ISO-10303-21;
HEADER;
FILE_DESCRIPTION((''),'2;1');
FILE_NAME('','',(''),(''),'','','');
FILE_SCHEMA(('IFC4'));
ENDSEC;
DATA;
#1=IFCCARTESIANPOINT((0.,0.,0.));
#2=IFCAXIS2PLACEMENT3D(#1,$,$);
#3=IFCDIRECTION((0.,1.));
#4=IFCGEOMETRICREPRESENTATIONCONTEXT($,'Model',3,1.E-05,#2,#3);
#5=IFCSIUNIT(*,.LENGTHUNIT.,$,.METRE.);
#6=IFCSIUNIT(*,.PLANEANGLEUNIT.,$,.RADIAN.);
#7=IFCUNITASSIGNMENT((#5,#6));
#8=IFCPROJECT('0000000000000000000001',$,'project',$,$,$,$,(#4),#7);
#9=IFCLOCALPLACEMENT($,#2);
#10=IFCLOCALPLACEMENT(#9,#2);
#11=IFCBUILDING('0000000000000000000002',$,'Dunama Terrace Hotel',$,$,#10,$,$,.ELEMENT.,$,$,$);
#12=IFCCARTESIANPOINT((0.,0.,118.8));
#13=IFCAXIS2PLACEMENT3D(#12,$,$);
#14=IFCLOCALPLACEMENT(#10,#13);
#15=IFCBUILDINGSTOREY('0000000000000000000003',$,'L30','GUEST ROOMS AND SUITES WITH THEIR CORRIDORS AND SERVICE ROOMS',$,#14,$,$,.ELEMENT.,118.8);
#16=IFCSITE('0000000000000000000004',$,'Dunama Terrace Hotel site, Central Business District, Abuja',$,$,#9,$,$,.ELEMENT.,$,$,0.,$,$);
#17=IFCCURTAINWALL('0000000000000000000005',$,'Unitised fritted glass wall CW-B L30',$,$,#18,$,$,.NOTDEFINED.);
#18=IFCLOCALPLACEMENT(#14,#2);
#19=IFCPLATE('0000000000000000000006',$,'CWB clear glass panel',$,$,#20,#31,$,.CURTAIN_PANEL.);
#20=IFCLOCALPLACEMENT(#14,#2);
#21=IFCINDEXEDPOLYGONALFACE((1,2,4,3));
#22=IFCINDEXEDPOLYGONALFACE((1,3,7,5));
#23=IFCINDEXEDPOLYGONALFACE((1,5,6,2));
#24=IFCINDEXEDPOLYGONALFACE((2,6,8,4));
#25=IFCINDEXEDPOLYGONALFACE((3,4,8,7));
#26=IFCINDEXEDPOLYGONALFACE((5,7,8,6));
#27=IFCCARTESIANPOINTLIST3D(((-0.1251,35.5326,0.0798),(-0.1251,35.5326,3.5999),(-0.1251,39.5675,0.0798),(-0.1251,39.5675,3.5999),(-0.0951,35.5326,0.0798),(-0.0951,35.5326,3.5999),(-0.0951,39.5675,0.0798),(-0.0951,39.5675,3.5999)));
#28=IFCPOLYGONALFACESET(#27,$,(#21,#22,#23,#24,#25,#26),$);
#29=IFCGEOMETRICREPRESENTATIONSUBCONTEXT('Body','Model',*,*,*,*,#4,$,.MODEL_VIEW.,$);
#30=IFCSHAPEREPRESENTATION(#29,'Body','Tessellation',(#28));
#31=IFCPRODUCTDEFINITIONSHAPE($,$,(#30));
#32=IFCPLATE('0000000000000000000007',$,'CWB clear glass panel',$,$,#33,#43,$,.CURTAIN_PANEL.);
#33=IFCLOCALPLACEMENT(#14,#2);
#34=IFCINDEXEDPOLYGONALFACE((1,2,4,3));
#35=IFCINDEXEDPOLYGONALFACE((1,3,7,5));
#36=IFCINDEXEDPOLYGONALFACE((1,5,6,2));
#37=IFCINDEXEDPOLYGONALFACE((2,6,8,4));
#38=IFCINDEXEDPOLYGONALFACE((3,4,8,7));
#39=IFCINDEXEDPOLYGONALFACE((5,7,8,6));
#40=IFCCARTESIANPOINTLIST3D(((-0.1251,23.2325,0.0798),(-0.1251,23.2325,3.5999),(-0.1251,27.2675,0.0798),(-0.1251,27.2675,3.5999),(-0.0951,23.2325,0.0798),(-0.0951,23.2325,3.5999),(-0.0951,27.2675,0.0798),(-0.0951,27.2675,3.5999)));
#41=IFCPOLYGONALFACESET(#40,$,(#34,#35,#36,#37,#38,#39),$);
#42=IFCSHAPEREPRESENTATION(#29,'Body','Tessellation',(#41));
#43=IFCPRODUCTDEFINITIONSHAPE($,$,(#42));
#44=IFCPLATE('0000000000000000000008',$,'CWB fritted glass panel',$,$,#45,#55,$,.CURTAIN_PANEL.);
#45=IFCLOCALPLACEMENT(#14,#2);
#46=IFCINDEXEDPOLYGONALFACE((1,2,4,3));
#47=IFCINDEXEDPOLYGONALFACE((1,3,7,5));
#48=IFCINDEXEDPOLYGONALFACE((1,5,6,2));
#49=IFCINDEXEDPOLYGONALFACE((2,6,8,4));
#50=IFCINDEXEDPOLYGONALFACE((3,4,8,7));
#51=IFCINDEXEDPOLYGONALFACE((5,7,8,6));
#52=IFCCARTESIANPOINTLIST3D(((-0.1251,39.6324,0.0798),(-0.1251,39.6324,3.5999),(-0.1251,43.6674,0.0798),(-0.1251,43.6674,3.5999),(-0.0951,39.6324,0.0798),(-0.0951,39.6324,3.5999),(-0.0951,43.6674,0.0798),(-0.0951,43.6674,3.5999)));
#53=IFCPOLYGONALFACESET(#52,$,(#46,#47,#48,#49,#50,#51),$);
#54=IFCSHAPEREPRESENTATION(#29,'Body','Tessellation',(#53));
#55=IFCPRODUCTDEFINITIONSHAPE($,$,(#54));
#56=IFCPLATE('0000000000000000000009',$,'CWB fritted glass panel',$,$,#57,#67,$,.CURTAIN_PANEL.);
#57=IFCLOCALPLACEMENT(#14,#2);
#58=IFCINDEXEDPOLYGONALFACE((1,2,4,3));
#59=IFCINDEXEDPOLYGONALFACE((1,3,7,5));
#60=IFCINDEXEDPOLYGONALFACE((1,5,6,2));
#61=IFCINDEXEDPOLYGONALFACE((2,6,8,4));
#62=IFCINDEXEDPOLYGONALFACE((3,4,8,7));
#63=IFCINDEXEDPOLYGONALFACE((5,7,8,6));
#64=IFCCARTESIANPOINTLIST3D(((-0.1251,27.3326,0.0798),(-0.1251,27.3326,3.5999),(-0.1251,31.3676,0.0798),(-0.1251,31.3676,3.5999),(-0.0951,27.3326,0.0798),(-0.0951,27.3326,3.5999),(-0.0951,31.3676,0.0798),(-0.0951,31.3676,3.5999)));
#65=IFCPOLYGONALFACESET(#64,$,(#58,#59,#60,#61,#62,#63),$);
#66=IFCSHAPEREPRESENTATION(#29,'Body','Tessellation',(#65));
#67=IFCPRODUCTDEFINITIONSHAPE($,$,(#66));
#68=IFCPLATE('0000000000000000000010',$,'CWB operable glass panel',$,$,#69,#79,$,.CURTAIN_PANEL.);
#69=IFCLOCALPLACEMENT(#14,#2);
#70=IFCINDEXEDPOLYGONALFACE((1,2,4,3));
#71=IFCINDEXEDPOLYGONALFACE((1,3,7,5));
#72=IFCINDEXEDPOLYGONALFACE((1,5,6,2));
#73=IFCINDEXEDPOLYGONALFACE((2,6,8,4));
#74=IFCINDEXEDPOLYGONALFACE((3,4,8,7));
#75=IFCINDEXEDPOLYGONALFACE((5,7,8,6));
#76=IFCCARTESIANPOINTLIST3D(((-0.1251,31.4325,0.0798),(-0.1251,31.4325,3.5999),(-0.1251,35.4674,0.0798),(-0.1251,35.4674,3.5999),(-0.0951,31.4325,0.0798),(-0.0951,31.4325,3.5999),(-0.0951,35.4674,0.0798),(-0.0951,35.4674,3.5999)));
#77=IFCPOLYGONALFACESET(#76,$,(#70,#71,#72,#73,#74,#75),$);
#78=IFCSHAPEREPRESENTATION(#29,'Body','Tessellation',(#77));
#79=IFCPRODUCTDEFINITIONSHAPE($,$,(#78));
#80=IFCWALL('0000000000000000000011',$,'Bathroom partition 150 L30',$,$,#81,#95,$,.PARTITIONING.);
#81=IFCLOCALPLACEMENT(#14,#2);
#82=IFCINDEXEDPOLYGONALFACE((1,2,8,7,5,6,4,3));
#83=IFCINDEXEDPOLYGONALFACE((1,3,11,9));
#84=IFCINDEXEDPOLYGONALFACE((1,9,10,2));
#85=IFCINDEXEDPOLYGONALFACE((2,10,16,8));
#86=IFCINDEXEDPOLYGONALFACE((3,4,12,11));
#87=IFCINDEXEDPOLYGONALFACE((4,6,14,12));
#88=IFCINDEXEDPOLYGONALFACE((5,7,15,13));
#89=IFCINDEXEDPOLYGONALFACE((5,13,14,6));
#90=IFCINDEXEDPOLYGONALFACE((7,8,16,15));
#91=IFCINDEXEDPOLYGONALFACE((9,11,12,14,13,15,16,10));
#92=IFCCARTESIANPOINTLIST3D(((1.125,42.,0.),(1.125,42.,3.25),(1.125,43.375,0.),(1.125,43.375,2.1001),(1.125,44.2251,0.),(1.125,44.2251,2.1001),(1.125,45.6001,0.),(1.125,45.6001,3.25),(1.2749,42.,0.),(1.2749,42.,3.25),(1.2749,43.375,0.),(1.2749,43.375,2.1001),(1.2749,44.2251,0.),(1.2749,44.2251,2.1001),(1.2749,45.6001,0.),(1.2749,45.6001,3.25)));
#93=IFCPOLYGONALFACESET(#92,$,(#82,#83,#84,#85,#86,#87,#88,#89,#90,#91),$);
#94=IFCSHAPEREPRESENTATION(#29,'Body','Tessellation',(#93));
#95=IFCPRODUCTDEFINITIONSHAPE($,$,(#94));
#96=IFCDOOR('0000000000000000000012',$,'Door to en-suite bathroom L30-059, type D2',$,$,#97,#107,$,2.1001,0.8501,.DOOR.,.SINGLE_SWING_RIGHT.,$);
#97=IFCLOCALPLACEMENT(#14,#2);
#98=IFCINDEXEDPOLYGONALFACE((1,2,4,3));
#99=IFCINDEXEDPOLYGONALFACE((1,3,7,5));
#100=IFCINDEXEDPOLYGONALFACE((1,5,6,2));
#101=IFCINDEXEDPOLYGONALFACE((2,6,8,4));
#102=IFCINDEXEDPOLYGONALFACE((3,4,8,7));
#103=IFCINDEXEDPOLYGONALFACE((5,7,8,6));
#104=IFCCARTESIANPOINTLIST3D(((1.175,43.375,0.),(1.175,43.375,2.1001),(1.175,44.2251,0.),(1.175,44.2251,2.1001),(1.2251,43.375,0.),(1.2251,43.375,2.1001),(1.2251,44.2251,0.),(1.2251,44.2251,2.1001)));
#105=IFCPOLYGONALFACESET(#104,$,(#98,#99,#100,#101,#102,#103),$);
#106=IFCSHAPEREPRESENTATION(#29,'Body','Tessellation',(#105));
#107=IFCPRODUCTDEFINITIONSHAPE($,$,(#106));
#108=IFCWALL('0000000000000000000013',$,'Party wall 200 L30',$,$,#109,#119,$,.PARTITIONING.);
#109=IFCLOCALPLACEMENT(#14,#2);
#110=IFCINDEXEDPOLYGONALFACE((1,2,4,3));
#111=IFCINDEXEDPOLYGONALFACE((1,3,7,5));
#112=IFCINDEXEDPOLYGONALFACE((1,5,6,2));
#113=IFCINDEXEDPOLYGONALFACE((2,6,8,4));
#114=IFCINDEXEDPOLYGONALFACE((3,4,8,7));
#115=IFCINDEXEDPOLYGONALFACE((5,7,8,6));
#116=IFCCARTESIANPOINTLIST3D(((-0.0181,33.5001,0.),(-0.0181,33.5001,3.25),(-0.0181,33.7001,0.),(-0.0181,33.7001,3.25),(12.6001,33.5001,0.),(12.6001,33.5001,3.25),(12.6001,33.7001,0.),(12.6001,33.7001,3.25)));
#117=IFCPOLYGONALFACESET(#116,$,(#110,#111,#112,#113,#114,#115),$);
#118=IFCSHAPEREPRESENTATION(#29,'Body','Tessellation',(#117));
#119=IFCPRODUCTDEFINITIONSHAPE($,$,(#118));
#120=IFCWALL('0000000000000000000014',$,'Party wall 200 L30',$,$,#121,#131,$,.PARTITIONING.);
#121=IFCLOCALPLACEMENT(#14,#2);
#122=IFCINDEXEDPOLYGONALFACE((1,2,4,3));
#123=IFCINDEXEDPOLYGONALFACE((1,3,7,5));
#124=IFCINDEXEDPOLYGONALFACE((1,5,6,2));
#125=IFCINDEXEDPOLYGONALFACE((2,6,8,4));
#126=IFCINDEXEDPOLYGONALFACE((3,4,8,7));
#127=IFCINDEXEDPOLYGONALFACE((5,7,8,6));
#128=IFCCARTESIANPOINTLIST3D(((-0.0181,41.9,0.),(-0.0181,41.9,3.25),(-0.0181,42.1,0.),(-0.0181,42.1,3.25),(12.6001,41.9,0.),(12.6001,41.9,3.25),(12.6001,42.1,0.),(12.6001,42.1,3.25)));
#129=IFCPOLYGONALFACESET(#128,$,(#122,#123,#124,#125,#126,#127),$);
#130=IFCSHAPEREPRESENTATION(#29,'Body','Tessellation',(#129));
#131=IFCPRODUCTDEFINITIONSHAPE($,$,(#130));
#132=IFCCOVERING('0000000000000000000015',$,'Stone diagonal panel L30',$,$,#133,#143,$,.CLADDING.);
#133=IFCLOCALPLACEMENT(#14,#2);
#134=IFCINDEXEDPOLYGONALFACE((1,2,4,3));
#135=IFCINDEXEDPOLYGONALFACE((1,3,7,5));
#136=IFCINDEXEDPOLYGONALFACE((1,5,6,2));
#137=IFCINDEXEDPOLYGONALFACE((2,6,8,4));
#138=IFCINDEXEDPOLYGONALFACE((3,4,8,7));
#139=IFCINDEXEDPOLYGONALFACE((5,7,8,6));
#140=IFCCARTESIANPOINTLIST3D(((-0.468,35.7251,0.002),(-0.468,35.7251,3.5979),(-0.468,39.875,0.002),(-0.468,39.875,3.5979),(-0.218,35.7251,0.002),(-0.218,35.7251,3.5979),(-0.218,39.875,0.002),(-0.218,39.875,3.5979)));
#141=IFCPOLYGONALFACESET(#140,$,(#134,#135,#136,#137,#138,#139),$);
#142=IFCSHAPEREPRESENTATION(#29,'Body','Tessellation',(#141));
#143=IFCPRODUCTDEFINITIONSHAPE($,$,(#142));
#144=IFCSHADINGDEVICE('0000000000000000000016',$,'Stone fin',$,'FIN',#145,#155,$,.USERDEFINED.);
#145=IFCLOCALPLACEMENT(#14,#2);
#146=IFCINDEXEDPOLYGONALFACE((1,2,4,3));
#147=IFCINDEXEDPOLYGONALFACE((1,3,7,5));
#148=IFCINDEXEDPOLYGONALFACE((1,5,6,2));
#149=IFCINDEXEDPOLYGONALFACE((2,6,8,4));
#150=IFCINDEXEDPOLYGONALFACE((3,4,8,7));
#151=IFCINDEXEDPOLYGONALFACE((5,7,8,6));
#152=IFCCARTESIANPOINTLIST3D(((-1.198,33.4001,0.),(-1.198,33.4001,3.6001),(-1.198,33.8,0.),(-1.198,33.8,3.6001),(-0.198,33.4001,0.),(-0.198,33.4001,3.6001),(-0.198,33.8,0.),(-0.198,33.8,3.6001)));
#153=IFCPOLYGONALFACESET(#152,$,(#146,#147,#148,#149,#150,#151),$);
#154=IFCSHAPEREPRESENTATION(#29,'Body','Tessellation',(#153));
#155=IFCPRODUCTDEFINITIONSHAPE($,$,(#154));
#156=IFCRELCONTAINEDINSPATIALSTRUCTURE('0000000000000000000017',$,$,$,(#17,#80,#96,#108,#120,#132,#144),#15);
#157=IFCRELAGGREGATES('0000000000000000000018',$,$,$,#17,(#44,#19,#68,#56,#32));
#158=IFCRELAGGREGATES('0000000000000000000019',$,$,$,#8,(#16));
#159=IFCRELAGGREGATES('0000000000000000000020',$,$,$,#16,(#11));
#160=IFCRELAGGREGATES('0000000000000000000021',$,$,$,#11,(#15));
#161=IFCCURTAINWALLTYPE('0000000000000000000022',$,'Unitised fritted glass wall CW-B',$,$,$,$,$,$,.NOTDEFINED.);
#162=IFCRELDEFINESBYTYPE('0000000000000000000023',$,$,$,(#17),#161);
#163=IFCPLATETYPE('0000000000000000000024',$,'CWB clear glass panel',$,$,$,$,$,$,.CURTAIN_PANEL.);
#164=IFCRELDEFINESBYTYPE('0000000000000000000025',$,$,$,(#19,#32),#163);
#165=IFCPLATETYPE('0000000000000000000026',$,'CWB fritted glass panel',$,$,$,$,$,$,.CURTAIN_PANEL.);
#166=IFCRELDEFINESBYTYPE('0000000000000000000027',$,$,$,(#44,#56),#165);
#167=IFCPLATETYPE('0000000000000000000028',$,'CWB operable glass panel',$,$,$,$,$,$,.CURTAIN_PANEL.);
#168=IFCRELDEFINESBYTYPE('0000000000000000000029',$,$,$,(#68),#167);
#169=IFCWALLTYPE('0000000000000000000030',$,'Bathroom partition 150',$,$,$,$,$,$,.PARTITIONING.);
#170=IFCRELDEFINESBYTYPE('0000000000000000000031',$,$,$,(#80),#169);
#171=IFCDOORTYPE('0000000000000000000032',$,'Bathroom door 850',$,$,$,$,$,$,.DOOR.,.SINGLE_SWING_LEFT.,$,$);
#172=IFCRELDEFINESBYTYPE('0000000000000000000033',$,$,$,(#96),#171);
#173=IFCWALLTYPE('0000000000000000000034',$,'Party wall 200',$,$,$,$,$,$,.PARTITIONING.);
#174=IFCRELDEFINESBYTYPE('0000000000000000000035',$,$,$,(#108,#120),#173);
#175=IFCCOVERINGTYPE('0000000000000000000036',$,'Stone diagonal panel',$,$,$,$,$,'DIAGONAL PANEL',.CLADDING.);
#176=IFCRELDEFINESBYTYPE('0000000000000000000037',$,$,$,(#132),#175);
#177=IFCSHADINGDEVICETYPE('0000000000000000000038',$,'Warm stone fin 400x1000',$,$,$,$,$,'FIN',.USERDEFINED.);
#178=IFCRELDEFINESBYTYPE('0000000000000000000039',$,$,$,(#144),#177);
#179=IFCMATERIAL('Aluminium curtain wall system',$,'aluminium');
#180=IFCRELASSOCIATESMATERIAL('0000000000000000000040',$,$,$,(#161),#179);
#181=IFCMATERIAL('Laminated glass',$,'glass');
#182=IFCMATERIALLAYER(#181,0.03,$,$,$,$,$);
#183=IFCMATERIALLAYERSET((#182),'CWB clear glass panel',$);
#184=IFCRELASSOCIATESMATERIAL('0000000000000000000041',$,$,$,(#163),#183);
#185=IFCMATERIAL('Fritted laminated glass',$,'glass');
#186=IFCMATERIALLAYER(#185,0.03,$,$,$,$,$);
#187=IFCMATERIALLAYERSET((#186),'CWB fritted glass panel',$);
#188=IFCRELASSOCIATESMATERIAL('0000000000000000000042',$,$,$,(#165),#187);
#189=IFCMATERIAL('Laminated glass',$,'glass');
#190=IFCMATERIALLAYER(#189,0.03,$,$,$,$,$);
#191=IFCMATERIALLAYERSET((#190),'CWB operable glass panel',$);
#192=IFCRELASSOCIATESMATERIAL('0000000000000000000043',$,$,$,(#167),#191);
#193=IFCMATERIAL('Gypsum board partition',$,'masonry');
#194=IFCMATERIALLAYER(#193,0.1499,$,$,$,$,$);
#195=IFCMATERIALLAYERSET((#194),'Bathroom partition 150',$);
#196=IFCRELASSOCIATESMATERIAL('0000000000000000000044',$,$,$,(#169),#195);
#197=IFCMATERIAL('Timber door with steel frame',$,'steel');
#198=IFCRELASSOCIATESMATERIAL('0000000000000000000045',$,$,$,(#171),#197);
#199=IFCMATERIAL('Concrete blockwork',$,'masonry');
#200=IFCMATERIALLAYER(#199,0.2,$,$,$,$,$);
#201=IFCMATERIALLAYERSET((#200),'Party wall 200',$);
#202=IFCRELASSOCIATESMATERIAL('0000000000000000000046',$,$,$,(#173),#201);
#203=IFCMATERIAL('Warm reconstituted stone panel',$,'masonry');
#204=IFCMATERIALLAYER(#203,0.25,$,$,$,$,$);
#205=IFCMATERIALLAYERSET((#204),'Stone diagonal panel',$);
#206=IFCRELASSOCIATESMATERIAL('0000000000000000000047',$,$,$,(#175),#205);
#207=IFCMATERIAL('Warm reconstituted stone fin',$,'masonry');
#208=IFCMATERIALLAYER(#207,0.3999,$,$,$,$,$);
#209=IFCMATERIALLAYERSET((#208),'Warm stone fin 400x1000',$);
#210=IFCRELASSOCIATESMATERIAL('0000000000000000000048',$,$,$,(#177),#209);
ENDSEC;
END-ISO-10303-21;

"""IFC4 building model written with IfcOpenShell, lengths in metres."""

from ifc_helpers import new_model, si_unit, direction, frame, frame_2d, origin, origin_2d, place, context, subcontext, project, spatial, rectangle, extrude, material, layer, layer_set, type_object, element, fill, aggregate, save


model = new_model("IFC4")

# Units and contexts
model_context = context("Model", 3, precision=1e-05, world=origin(), true_north=direction((0.0, 1.0)))
body_context = subcontext(model_context, "Body", "Model", "MODEL_VIEW")
ifc_project = project(units=[si_unit("LENGTHUNIT", "METRE"), si_unit("PLANEANGLEUNIT", "RADIAN")], contexts=[model_context])

# Site, building, storey
site_placement = place(None, origin())
site = spatial("IfcSite", under=ifc_project, at=site_placement, Name="Dunama Terrace Hotel site, Central Business District, Abuja", CompositionType="ELEMENT", RefElevation=0.0)
building_placement = place(site_placement, origin())
building = spatial("IfcBuilding", under=site, at=building_placement, Name="Dunama Terrace Hotel", CompositionType="ELEMENT")
storey_placement = place(building_placement, frame((0.0, 0.0, 118.8)))
storey = spatial("IfcBuildingStorey", under=building, at=storey_placement, Name="L30", Description="GUEST ROOMS AND SUITES WITH THEIR CORRIDORS AND SERVICE ROOMS", CompositionType="ELEMENT", Elevation=118.8)

# Curtain wall
ifc_material_1 = material(Name="Aluminium curtain wall system", Category="aluminium")
curtain_wall_type = type_object("IfcCurtainWallType", Name="Unitised fritted glass wall CW-B", PredefinedType="NOTDEFINED", material=ifc_material_1)
curtain_wall_placement = place(storey_placement, origin())
curtain_wall = element("IfcCurtainWall", 1, at=curtain_wall_placement, inside=storey, type_object=curtain_wall_type, Name="Unitised fritted glass wall CW-B L30", PredefinedType="NOTDEFINED")

# Plates
ifc_material_2 = material(Name="Laminated glass", Category="glass")
ifc_layer_1 = layer(ifc_material_2, 0.03)
ifc_layer_set_1 = layer_set([ifc_layer_1], Name="CWB clear glass panel")
plate_type_1 = type_object("IfcPlateType", Name="CWB clear glass panel", PredefinedType="CURTAIN_PANEL", material=ifc_layer_set_1)
plate_1_placement = place(storey_placement, frame((-0.1101, 37.55, 0.0798), z_axis=(0.0, 0.0, 1.0), x_axis=(0.0, -1.0, 0.0)))
plate_1 = element("IfcPlate", 2, at=plate_1_placement, type_object=plate_type_1, Name="CWB clear glass panel", PredefinedType="CURTAIN_PANEL", context=body_context, shape_type="SweptSolid", body=[
    extrude(rectangle(XDim=4.0349, YDim=0.03, at=origin_2d()), origin(), (0.0, 0.0, 1.0), 3.52),
])
plate_2_placement = place(storey_placement, frame((-0.1101, 25.25, 0.0798), z_axis=(0.0, 0.0, 1.0), x_axis=(0.0, -1.0, 0.0)))
plate_2 = element("IfcPlate", 3, at=plate_2_placement, type_object=plate_type_1, Name="CWB clear glass panel", PredefinedType="CURTAIN_PANEL", context=body_context, shape_type="SweptSolid", body=[
    extrude(rectangle(XDim=4.0349, YDim=0.03, at=origin_2d()), origin(), (0.0, 0.0, 1.0), 3.52),
])
ifc_material_3 = material(Name="Fritted laminated glass", Category="glass")
ifc_layer_2 = layer(ifc_material_3, 0.03)
ifc_layer_set_2 = layer_set([ifc_layer_2], Name="CWB fritted glass panel")
plate_type_2 = type_object("IfcPlateType", Name="CWB fritted glass panel", PredefinedType="CURTAIN_PANEL", material=ifc_layer_set_2)
plate_3_placement = place(storey_placement, frame((-0.1101, 41.6499, 0.0798), z_axis=(0.0, 0.0, 1.0), x_axis=(0.0, -1.0, 0.0)))
plate_3 = element("IfcPlate", 4, at=plate_3_placement, type_object=plate_type_2, Name="CWB fritted glass panel", PredefinedType="CURTAIN_PANEL", context=body_context, shape_type="SweptSolid", body=[
    extrude(rectangle(XDim=4.0349, YDim=0.03, at=origin_2d()), origin(), (0.0, 0.0, 1.0), 3.52),
])
plate_4_placement = place(storey_placement, frame((-0.1101, 29.3501, 0.0798), z_axis=(0.0, 0.0, 1.0), x_axis=(0.0, -1.0, 0.0)))
plate_4 = element("IfcPlate", 5, at=plate_4_placement, type_object=plate_type_2, Name="CWB fritted glass panel", PredefinedType="CURTAIN_PANEL", context=body_context, shape_type="SweptSolid", body=[
    extrude(rectangle(XDim=4.0349, YDim=0.03, at=origin_2d()), origin(), (0.0, 0.0, 1.0), 3.52),
])
ifc_material_4 = material(Name="Laminated glass", Category="glass")
ifc_layer_3 = layer(ifc_material_4, 0.03)
ifc_layer_set_3 = layer_set([ifc_layer_3], Name="CWB operable glass panel")
plate_type_3 = type_object("IfcPlateType", Name="CWB operable glass panel", PredefinedType="CURTAIN_PANEL", material=ifc_layer_set_3)
plate_5_placement = place(storey_placement, frame((-0.1101, 33.45, 0.0798), z_axis=(0.0, 0.0, 1.0), x_axis=(0.0, -1.0, 0.0)))
plate_5 = element("IfcPlate", 6, at=plate_5_placement, type_object=plate_type_3, Name="CWB operable glass panel", PredefinedType="CURTAIN_PANEL", context=body_context, shape_type="SweptSolid", body=[
    extrude(rectangle(XDim=4.0349, YDim=0.03, at=origin_2d()), origin(), (0.0, 0.0, 1.0), 3.52),
])
aggregate(curtain_wall, [plate_3, plate_1, plate_5, plate_4, plate_2])

# Wall, opening, door
ifc_material_5 = material(Name="Gypsum board partition", Category="masonry")
ifc_layer_4 = layer(ifc_material_5, 0.1499)
ifc_layer_set_4 = layer_set([ifc_layer_4], Name="Bathroom partition 150")
wall_type_1 = type_object("IfcWallType", Name="Bathroom partition 150", PredefinedType="PARTITIONING", material=ifc_layer_set_4)
wall_placement = place(storey_placement, frame((1.2, 42.0, 0.0), z_axis=(0.0, 0.0, 1.0), x_axis=(0.0, 1.0, 0.0)))
wall = element("IfcWall", 7, at=wall_placement, inside=storey, type_object=wall_type_1, Name="Bathroom partition 150 L30", PredefinedType="PARTITIONING", context=body_context, shape_type="SweptSolid", body=[
    extrude(rectangle(XDim=3.6001, YDim=0.1499, at=frame_2d((1.8, 0.0))), origin(), (0.0, 0.0, 1.0), 3.25),
])
opening_placement = place(wall_placement, frame((1.375, 0.0, 0.0)))
opening = element("IfcOpeningElement", 8, at=opening_placement, cuts=wall, PredefinedType="OPENING", context=body_context, shape_type="SweptSolid", body=[
    extrude(rectangle(XDim=0.8501, YDim=2.1001, at=frame_2d((0.425, 1.05))), frame((0.0, 0.085, 0.0), z_axis=(0.0, -1.0, 0.0), x_axis=(1.0, 0.0, 0.0)), (0.0, 0.0, 1.0), 0.1699),
])
ifc_material_6 = material(Name="Timber door with steel frame", Category="steel")
door_type = type_object("IfcDoorType", Name="Bathroom door 850", OperationType="SINGLE_SWING_LEFT", PredefinedType="DOOR", material=ifc_material_6)
door_placement = place(opening_placement, frame((0.8501, 0.0, 0.0), z_axis=(0.0, 0.0, 1.0), x_axis=(-1.0, 0.0, 0.0)))
door = element("IfcDoor", 9, at=door_placement, inside=storey, type_object=door_type, Name="Door to en-suite bathroom L30-059, type D2", OperationType="SINGLE_SWING_RIGHT", OverallHeight=2.1001, OverallWidth=0.8501, PredefinedType="DOOR", context=body_context, shape_type="SweptSolid", body=[
    extrude(rectangle(XDim=0.8501, YDim=2.1001, at=frame_2d((0.425, 1.05))), frame((0.0, 0.0251, 0.0), z_axis=(0.0, -1.0, 0.0), x_axis=(1.0, 0.0, 0.0)), (0.0, 0.0, 1.0), 0.05),
])
fill(opening, door)

# Walls
ifc_material_7 = material(Name="Concrete blockwork", Category="masonry")
ifc_layer_5 = layer(ifc_material_7, 0.2)
ifc_layer_set_5 = layer_set([ifc_layer_5], Name="Party wall 200")
wall_type_2 = type_object("IfcWallType", Name="Party wall 200", PredefinedType="PARTITIONING", material=ifc_layer_set_5)
for number, where, z_axis, x_axis, name in (
    (10, (-0.0181, 33.6001, 0.0), (0.0, 0.0, 1.0), (1.0, 0.0, 0.0), "Party wall 200 L30"),
    (11, (-0.0181, 42.0, 0.0), (0.0, 0.0, 1.0), (1.0, 0.0, 0.0), "Party wall 200 L30"),
):
    element("IfcWall", number, at=place(storey_placement, frame(where, z_axis=z_axis, x_axis=x_axis)), inside=storey, type_object=wall_type_2, Name=name, PredefinedType="PARTITIONING", context=body_context, shape_type="SweptSolid", body=[
        extrude(rectangle(XDim=12.6182, YDim=0.2, at=frame_2d((6.3091, 0.0))), origin(), (0.0, 0.0, 1.0), 3.25),
    ])

# Covering
ifc_material_8 = material(Name="Warm reconstituted stone panel", Category="masonry")
ifc_layer_6 = layer(ifc_material_8, 0.25)
ifc_layer_set_6 = layer_set([ifc_layer_6], Name="Stone diagonal panel")
covering_type = type_object("IfcCoveringType", Name="Stone diagonal panel", ElementType="DIAGONAL PANEL", PredefinedType="CLADDING", material=ifc_layer_set_6)
covering_placement = place(storey_placement, frame((-0.343, 37.8, 0.002), z_axis=(0.0, 0.0, 1.0), x_axis=(0.0, -1.0, 0.0)))
element("IfcCovering", 12, at=covering_placement, inside=storey, type_object=covering_type, Name="Stone diagonal panel L30", PredefinedType="CLADDING", context=body_context, shape_type="SweptSolid", body=[
    extrude(rectangle(XDim=4.1499, YDim=0.25, at=origin_2d()), origin(), (0.0, 0.0, 1.0), 3.5959),
])

# Shading device
ifc_material_9 = material(Name="Warm reconstituted stone fin", Category="masonry")
ifc_layer_7 = layer(ifc_material_9, 0.3999)
ifc_layer_set_7 = layer_set([ifc_layer_7], Name="Warm stone fin 400x1000")
shading_device_type = type_object("IfcShadingDeviceType", Name="Warm stone fin 400x1000", ElementType="FIN", PredefinedType="USERDEFINED", material=ifc_layer_set_7)
shading_device_placement = place(storey_placement, frame((-0.698, 33.6001, 0.0), z_axis=(0.0, 0.0, 1.0), x_axis=(0.0, -1.0, 0.0)))
element("IfcShadingDevice", 13, at=shading_device_placement, inside=storey, type_object=shading_device_type, Name="Stone fin", ObjectType="FIN", PredefinedType="USERDEFINED", context=body_context, shape_type="SweptSolid", body=[
    extrude(rectangle(XDim=0.3999, YDim=1.0, at=origin_2d()), origin(), (0.0, 0.0, 1.0), 3.6001),
])

save(model, "model.ifc")
